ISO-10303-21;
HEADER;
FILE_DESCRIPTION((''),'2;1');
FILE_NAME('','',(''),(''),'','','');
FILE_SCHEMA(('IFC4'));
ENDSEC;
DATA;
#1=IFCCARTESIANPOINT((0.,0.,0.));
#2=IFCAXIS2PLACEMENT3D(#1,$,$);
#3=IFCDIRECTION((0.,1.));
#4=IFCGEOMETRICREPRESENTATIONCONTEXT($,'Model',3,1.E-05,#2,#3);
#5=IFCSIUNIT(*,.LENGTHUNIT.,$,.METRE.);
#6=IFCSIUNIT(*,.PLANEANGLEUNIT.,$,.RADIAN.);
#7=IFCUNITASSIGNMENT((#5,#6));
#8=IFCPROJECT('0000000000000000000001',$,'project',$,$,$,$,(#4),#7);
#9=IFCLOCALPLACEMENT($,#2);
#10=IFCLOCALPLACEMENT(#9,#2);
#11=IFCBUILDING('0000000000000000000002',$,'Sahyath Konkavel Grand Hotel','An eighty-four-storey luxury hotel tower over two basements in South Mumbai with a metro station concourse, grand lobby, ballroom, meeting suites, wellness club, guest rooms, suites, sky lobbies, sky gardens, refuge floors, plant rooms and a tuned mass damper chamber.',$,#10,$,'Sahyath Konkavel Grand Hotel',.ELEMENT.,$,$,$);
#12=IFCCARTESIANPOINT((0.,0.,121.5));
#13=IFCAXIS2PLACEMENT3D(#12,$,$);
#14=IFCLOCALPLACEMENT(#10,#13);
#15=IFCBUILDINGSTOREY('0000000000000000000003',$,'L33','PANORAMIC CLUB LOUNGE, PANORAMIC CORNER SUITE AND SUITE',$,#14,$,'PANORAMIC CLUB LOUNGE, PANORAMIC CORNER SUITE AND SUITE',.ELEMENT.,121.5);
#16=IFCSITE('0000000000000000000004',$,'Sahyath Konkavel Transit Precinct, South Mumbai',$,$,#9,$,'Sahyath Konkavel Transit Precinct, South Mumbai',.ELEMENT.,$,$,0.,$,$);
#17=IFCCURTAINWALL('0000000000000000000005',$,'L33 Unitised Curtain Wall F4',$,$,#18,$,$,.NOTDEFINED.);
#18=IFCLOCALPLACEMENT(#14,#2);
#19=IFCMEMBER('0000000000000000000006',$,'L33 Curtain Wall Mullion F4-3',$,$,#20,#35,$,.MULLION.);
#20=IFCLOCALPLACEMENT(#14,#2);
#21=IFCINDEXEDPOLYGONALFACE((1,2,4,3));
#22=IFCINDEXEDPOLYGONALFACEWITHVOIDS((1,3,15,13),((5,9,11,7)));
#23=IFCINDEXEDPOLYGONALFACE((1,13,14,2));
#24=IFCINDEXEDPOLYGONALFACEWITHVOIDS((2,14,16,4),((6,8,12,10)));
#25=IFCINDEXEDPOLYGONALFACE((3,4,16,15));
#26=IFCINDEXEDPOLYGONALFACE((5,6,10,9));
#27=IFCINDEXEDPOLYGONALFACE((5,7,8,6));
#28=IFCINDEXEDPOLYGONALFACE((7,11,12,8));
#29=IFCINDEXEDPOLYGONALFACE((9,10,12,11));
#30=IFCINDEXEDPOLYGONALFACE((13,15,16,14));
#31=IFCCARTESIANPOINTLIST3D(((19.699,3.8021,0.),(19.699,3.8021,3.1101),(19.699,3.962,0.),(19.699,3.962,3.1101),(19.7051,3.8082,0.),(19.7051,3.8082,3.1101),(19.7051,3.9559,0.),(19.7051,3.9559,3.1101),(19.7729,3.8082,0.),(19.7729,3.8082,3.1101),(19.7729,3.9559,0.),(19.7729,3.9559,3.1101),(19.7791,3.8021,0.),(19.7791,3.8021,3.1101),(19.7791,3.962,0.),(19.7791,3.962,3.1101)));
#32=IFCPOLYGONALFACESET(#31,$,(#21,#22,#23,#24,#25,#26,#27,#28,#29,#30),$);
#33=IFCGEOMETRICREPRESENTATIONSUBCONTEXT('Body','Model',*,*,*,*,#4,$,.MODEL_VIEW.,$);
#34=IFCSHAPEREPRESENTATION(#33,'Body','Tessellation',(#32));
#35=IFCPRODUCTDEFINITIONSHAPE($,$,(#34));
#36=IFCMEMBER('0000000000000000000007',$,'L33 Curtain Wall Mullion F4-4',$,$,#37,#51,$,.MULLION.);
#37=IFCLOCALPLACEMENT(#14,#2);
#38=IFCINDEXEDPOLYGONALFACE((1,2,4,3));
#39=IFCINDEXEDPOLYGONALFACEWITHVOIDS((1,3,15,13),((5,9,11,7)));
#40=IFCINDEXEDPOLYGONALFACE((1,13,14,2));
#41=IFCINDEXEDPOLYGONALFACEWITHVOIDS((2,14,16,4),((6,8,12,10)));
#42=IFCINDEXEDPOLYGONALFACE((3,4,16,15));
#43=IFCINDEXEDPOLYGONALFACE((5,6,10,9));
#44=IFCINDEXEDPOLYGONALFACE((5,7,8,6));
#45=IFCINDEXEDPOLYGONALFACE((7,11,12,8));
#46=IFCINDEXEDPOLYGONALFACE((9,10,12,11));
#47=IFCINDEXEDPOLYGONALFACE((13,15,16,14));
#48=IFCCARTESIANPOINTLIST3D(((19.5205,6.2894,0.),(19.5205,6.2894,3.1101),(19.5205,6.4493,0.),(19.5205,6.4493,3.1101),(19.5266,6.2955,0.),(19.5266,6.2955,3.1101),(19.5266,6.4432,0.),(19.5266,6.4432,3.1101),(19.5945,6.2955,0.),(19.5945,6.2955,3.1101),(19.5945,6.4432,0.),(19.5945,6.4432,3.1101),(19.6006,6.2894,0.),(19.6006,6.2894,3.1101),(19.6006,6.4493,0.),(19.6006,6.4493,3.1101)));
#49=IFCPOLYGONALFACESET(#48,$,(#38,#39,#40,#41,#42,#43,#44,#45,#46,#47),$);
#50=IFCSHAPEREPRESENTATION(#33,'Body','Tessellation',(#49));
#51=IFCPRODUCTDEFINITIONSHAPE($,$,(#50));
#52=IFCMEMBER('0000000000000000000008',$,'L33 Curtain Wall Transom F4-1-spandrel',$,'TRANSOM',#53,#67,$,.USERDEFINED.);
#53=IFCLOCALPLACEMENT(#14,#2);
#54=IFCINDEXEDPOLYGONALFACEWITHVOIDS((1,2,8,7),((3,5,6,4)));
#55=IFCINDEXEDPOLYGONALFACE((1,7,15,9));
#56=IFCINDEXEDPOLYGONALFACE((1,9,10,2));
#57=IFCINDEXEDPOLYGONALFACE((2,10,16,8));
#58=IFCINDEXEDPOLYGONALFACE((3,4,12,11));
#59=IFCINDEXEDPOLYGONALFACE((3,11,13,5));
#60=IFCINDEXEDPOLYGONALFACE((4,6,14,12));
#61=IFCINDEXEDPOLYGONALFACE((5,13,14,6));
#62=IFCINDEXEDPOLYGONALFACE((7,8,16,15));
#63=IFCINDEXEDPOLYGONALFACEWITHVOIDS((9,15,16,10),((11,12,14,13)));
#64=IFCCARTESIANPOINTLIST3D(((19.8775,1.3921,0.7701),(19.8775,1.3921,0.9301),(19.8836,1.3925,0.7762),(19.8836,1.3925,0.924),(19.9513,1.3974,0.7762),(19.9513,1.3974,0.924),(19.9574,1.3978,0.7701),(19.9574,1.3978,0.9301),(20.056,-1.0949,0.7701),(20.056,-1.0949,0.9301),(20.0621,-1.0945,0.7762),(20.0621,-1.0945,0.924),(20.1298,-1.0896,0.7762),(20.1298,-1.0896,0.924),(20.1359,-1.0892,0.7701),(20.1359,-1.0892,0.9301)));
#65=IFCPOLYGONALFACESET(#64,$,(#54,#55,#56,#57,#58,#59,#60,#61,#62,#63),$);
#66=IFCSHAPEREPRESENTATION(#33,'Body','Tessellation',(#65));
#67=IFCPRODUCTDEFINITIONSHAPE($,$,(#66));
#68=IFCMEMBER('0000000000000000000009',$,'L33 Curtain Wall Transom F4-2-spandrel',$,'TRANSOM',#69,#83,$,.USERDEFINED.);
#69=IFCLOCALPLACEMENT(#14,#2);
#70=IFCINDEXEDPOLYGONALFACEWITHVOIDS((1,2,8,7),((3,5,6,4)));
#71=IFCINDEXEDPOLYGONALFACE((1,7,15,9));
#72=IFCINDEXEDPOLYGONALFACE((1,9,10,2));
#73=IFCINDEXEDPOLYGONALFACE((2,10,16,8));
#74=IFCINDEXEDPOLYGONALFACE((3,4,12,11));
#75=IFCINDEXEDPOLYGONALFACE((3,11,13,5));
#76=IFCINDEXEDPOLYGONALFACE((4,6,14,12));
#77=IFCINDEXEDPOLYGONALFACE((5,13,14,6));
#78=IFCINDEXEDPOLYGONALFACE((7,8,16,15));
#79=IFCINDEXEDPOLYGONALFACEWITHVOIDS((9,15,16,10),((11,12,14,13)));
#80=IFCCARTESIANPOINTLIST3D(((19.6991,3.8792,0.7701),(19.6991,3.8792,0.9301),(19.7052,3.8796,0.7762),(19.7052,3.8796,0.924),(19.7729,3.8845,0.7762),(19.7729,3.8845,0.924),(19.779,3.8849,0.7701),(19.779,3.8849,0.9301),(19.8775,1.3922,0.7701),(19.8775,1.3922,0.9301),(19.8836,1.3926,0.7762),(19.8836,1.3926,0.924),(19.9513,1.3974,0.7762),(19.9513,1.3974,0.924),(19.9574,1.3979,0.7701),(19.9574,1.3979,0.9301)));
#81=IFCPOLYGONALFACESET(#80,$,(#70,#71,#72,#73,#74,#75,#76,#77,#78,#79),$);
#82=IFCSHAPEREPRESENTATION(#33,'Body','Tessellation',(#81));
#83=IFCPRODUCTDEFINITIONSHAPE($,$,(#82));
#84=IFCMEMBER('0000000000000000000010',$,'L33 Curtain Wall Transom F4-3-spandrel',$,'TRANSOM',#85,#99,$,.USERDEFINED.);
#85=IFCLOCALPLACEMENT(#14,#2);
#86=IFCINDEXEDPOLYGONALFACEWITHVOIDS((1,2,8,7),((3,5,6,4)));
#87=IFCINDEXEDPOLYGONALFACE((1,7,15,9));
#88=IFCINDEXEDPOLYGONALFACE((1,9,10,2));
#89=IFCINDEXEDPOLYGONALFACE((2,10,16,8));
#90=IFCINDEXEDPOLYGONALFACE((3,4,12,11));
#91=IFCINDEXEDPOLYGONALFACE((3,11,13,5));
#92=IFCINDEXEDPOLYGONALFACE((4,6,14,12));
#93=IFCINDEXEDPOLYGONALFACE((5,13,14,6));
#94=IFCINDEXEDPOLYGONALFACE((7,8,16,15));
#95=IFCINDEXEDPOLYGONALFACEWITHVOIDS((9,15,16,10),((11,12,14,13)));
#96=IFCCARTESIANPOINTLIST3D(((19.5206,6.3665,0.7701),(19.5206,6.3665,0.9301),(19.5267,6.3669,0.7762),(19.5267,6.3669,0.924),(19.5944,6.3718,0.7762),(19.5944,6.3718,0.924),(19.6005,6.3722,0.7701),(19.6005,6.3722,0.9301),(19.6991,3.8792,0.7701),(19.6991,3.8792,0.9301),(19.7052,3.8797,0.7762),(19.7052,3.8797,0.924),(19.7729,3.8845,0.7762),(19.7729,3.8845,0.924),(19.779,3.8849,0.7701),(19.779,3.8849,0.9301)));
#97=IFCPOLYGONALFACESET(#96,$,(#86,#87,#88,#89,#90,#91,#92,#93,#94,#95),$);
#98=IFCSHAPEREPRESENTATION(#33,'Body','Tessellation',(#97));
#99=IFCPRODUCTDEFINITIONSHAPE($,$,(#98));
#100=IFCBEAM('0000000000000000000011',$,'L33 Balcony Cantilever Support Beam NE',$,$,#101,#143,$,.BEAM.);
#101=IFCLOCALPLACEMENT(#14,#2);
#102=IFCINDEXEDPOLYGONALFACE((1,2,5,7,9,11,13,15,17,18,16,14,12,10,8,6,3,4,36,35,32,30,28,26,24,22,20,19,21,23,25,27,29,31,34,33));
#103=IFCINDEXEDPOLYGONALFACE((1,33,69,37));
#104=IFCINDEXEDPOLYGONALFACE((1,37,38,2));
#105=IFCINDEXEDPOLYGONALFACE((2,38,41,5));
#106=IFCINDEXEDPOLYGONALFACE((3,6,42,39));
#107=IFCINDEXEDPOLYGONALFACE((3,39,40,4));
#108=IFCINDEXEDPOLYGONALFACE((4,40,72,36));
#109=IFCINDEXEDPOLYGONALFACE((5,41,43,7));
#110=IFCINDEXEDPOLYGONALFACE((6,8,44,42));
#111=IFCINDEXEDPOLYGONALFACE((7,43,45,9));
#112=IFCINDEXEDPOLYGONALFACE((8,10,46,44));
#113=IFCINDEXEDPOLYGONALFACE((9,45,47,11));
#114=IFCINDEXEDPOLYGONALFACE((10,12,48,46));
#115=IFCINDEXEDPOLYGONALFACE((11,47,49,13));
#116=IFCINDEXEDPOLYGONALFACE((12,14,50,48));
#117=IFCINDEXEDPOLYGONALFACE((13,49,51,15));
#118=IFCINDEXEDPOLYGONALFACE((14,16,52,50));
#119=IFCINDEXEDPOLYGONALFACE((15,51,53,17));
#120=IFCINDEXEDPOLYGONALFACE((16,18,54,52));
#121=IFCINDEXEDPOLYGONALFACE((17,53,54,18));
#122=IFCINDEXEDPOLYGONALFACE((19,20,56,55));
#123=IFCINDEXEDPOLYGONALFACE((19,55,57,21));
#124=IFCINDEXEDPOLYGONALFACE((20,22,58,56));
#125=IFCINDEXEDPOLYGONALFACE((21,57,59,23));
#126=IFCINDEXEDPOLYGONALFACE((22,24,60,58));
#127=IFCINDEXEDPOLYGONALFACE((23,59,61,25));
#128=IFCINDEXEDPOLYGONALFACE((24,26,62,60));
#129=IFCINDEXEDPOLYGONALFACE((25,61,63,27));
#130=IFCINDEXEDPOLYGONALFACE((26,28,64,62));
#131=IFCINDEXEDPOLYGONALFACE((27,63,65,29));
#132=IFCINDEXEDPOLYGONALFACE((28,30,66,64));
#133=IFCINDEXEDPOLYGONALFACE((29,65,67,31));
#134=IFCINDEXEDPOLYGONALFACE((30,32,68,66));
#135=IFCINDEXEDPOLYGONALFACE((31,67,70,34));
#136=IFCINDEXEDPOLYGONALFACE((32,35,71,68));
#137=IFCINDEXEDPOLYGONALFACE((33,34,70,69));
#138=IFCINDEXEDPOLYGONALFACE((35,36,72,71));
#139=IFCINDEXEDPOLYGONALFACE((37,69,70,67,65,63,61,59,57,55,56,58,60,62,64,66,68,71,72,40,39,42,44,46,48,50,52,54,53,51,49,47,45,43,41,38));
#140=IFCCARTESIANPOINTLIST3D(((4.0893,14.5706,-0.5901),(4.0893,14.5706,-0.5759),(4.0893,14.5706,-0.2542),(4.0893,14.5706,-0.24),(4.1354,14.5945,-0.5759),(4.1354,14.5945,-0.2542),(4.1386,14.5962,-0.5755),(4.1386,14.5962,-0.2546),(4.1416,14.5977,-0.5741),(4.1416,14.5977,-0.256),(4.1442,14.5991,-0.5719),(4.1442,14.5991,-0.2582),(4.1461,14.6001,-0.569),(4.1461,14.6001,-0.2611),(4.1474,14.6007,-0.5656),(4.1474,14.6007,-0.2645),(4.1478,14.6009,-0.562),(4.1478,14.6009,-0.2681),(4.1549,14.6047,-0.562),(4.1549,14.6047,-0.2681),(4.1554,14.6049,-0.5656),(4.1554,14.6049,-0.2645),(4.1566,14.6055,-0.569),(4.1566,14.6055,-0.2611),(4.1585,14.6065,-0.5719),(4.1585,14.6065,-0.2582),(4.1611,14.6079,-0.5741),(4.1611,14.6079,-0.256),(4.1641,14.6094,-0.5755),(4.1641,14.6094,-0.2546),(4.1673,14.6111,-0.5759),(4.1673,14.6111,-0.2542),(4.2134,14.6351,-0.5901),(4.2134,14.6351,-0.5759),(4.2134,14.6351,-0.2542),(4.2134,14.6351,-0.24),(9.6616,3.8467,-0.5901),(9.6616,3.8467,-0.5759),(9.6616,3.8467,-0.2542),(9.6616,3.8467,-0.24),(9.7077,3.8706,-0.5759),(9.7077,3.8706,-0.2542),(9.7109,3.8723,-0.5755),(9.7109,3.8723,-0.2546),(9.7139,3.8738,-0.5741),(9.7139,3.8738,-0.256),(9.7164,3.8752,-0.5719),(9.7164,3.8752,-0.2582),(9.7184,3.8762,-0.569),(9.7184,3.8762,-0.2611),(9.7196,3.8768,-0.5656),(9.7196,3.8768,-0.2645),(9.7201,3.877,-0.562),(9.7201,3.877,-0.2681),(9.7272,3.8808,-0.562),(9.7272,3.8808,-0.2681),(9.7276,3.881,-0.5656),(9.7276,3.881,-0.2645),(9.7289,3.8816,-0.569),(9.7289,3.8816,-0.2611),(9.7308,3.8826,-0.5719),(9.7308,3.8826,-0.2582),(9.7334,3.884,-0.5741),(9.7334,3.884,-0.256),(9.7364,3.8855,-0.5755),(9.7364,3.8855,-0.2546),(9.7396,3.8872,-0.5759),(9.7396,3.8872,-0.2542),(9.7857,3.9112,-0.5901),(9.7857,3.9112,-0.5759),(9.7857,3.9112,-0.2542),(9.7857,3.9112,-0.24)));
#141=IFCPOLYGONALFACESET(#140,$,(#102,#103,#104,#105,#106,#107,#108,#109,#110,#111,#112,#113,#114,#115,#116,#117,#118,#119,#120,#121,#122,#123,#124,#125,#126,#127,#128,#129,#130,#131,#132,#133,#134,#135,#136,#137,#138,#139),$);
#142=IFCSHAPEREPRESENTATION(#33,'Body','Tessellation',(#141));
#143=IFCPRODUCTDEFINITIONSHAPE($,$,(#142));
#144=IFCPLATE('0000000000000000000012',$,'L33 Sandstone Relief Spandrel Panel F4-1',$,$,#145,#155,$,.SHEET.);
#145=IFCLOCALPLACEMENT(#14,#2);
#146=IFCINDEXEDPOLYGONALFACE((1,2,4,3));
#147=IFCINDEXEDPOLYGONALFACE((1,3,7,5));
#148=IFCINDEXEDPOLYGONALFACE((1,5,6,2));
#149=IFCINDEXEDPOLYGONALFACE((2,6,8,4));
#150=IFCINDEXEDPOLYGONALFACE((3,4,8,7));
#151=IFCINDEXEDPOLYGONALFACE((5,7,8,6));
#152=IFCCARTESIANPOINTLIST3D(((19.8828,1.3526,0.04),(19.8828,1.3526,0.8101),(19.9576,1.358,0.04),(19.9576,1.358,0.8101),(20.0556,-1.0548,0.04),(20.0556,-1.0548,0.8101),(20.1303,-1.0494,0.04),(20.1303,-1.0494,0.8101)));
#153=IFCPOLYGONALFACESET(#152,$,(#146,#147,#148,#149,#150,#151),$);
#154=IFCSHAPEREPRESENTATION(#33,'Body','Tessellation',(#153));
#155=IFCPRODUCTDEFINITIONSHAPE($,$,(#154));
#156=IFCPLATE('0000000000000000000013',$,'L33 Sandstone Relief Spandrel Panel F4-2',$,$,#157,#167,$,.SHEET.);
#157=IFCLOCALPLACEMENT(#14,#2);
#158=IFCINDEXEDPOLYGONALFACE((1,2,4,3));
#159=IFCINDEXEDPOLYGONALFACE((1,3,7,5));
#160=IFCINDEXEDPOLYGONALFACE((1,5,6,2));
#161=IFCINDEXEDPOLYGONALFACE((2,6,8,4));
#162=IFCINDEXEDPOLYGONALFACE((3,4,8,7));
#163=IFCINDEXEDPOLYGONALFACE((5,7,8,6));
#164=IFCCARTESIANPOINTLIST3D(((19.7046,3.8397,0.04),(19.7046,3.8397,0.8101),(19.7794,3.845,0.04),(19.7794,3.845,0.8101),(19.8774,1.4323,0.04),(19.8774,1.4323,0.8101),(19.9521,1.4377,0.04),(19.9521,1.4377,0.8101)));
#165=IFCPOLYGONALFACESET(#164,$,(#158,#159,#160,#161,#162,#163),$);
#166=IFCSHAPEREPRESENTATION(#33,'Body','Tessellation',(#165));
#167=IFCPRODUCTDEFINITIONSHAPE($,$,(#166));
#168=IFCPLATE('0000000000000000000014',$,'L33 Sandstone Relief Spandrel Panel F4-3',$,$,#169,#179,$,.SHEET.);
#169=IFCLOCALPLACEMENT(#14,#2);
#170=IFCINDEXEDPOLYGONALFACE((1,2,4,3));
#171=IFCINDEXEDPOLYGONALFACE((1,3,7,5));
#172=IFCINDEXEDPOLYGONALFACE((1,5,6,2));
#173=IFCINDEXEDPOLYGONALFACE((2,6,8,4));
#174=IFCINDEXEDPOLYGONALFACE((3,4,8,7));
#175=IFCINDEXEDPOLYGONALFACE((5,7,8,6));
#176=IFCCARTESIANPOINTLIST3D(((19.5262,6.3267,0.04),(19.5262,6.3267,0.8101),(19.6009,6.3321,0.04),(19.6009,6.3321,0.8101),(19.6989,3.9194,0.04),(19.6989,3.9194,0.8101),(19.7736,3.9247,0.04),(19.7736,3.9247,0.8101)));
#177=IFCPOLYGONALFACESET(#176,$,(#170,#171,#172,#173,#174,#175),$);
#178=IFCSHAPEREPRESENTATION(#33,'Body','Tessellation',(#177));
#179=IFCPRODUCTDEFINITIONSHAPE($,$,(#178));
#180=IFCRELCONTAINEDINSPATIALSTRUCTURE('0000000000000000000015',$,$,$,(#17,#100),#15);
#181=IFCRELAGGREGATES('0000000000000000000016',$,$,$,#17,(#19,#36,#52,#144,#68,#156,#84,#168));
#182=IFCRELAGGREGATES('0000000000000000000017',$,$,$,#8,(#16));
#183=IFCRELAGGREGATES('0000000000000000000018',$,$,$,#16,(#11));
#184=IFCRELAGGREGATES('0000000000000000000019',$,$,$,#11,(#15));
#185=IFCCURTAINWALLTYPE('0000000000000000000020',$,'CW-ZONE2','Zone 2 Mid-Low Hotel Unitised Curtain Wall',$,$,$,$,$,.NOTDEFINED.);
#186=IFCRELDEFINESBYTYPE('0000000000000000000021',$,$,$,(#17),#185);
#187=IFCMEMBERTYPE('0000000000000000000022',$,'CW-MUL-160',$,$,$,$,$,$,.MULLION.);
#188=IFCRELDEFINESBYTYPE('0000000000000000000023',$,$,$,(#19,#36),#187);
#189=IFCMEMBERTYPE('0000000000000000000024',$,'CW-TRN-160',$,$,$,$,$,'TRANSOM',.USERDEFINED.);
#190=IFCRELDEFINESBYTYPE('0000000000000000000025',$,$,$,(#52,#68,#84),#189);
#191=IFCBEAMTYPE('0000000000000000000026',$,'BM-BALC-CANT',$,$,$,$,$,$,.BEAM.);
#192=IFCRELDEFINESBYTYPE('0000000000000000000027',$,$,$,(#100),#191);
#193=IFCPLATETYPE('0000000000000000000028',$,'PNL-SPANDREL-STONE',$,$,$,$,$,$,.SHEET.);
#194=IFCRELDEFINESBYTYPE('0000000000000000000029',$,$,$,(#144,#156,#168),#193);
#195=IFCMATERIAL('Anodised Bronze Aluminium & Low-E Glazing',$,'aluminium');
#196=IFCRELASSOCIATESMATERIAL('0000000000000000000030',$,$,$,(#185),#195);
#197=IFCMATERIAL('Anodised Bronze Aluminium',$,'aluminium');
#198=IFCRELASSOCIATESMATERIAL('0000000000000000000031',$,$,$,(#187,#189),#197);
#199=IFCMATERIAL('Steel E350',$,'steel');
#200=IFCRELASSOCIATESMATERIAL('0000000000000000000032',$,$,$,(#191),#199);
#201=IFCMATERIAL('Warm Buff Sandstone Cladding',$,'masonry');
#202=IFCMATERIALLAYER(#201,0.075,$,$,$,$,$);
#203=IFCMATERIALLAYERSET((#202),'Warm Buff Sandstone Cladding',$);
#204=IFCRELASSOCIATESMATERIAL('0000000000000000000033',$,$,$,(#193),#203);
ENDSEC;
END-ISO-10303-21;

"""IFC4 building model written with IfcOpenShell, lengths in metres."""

from ifc_helpers import new_model, si_unit, direction, frame, origin, origin_2d, place, context, subcontext, project, spatial, rectangle, hollow_rectangle, i_section, extrude, source, transform, mapped, material, layer, layer_set, material_profile, profile_set, type_object, element, aggregate, save


model = new_model("IFC4")

# Units and contexts
model_context = context("Model", 3, precision=1e-05, world=origin(), true_north=direction((0.0, 1.0)))
body_context = subcontext(model_context, "Body", "Model", "MODEL_VIEW")
ifc_project = project(units=[si_unit("LENGTHUNIT", "METRE"), si_unit("PLANEANGLEUNIT", "RADIAN")], contexts=[model_context])

# Site, building, storey
site_placement = place(None, origin())
site = spatial("IfcSite", under=ifc_project, at=site_placement, Name="Sahyath Konkavel Transit Precinct, South Mumbai", LongName="Sahyath Konkavel Transit Precinct, South Mumbai", CompositionType="ELEMENT", RefElevation=0.0)
building_placement = place(site_placement, origin())
building = spatial("IfcBuilding", under=site, at=building_placement, Name="Sahyath Konkavel Grand Hotel", Description="An eighty-four-storey luxury hotel tower over two basements in South Mumbai with a metro station concourse, grand lobby, ballroom, meeting suites, wellness club, guest rooms, suites, sky lobbies, sky gardens, refuge floors, plant rooms and a tuned mass damper chamber.", LongName="Sahyath Konkavel Grand Hotel", CompositionType="ELEMENT")
storey_placement = place(building_placement, frame((0.0, 0.0, 121.5)))
storey = spatial("IfcBuildingStorey", under=building, at=storey_placement, Name="L33", Description="PANORAMIC CLUB LOUNGE, PANORAMIC CORNER SUITE AND SUITE", LongName="PANORAMIC CLUB LOUNGE, PANORAMIC CORNER SUITE AND SUITE", CompositionType="ELEMENT", Elevation=121.5)

# Shared definitions
ifc_material_1 = material(Name="Steel E350", Category="steel")

# Curtain wall, members
ifc_material_2 = material(Name="Anodised Bronze Aluminium & Low-E Glazing", Category="aluminium")
curtain_wall_type = type_object("IfcCurtainWallType", Name="CW-ZONE2", Description="Zone 2 Mid-Low Hotel Unitised Curtain Wall", PredefinedType="NOTDEFINED", material=ifc_material_2)
curtain_wall_placement = place(storey_placement, origin())
curtain_wall = element("IfcCurtainWall", 1, at=curtain_wall_placement, inside=storey, type_object=curtain_wall_type, Name="L33 Unitised Curtain Wall F4", PredefinedType="NOTDEFINED")
ifc_material_3 = material(Name="Anodised Bronze Aluminium", Category="aluminium")
ifc_material_profile_1 = material_profile(ifc_material_3, hollow_rectangle(XDim=0.0801, YDim=0.1599, WallThickness=0.0061, at=origin_2d()), Name="RHS 160x80x6")
ifc_profile_set_1 = profile_set([ifc_material_profile_1], Name="Anodised Bronze Aluminium")
member_type_1 = type_object("IfcMemberType", Name="CW-MUL-160", PredefinedType="MULLION", material=ifc_profile_set_1)
shared_shape_1 = source(origin(), body_context, "Body", "SweptSolid", [
    extrude(hollow_rectangle(XDim=0.0801, YDim=0.1599, WallThickness=0.0061, at=origin_2d()), origin(), (0.0, 0.0, 1.0), 3.1101),
])
member_1_placement = place(storey_placement, frame((19.739, 3.8821, 0.0), z_axis=(0.0, 0.0, 1.0), x_axis=(1.0, 0.0, 0.0)))
member_1 = element("IfcMember", 2, at=member_1_placement, type_object=member_type_1, Name="L33 Curtain Wall Mullion F4-3", PredefinedType="MULLION", context=body_context, shape_type="MappedRepresentation", body=[
    mapped(shared_shape_1, transform((0.0, 0.0, 0.0), scale=1.0)),
])
member_2_placement = place(storey_placement, frame((19.5605, 6.3694, 0.0), z_axis=(0.0, 0.0, 1.0), x_axis=(1.0, 0.0, 0.0)))
member_2 = element("IfcMember", 3, at=member_2_placement, type_object=member_type_1, Name="L33 Curtain Wall Mullion F4-4", PredefinedType="MULLION", context=body_context, shape_type="MappedRepresentation", body=[
    mapped(shared_shape_1, transform((0.0, 0.0, 0.0), scale=1.0)),
])
ifc_material_profile_2 = material_profile(ifc_material_3, hollow_rectangle(XDim=0.0801, YDim=0.1599, WallThickness=0.0061, at=origin_2d()), Name="RHS 160x80x6")
ifc_profile_set_2 = profile_set([ifc_material_profile_2], Name="Anodised Bronze Aluminium")
member_type_2 = type_object("IfcMemberType", Name="CW-TRN-160", ElementType="TRANSOM", PredefinedType="USERDEFINED", material=ifc_profile_set_2)
shared_shape_2 = source(origin(), body_context, "Body", "SweptSolid", [
    extrude(hollow_rectangle(XDim=0.0801, YDim=0.1599, WallThickness=0.0061, at=origin_2d()), origin(), (0.0, 0.0, 1.0), 2.4934),
])
member_3_placement = place(storey_placement, frame((20.0959, -1.092, 0.8501), z_axis=(-0.071574, 0.997435, 0.0), x_axis=(-0.997435, -0.071574, 0.0)))
member_3 = element("IfcMember", 4, at=member_3_placement, type_object=member_type_2, Name="L33 Curtain Wall Transom F4-1-spandrel", ObjectType="TRANSOM", PredefinedType="USERDEFINED", context=body_context, shape_type="MappedRepresentation", body=[
    mapped(shared_shape_2, transform((0.0, 0.0, 0.0), scale=1.0)),
])
member_4_placement = place(storey_placement, frame((19.9175, 1.395, 0.8501), z_axis=(-0.071574, 0.997435, 0.0), x_axis=(-0.997435, -0.071574, 0.0)))
member_4 = element("IfcMember", 5, at=member_4_placement, type_object=member_type_2, Name="L33 Curtain Wall Transom F4-2-spandrel", ObjectType="TRANSOM", PredefinedType="USERDEFINED", context=body_context, shape_type="MappedRepresentation", body=[
    mapped(shared_shape_2, transform((0.0, 0.0, 0.0), scale=1.0)),
])
shared_shape_3 = source(origin(), body_context, "Body", "SweptSolid", [
    extrude(hollow_rectangle(XDim=0.0801, YDim=0.1599, WallThickness=0.0061, at=origin_2d()), origin(), (0.0, 0.0, 1.0), 2.4937),
])
member_5_placement = place(storey_placement, frame((19.739, 3.8821, 0.8501), z_axis=(-0.071567, 0.997436, 0.0), x_axis=(-0.997436, -0.071567, 0.0)))
member_5 = element("IfcMember", 6, at=member_5_placement, type_object=member_type_2, Name="L33 Curtain Wall Transom F4-3-spandrel", ObjectType="TRANSOM", PredefinedType="USERDEFINED", context=body_context, shape_type="MappedRepresentation", body=[
    mapped(shared_shape_3, transform((0.0, 0.0, 0.0), scale=1.0)),
])

# Beam
ifc_material_profile_3 = material_profile(ifc_material_1, i_section(OverallWidth=0.1399, OverallDepth=0.3501, WebThickness=0.0081, FlangeThickness=0.0142, FilletRadius=0.0139, at=origin_2d()), Name="ISMB 350")
ifc_profile_set_3 = profile_set([ifc_material_profile_3], Name="Steel E350")
beam_type_1 = type_object("IfcBeamType", Name="BM-BALC-CANT", PredefinedType="BEAM", material=ifc_profile_set_3)
shared_shape_4 = source(origin(), body_context, "Body", "SweptSolid", [
    extrude(i_section(OverallWidth=0.1399, OverallDepth=0.3501, WebThickness=0.0081, FlangeThickness=0.0142, FilletRadius=0.0139, at=origin_2d()), origin(), (0.0, 0.0, 1.0), 12.0852),
])
beam_1_placement = place(storey_placement, frame((9.7236, 3.8789, -0.415), z_axis=(-0.461082, 0.887357, 0.0), x_axis=(-0.887357, -0.461082, 0.0)))
element("IfcBeam", 7, at=beam_1_placement, inside=storey, type_object=beam_type_1, Name="L33 Balcony Cantilever Support Beam NE", PredefinedType="BEAM", context=body_context, shape_type="MappedRepresentation", body=[
    mapped(shared_shape_4, transform((0.0, 0.0, 0.0), scale=1.0)),
])

# Plates
ifc_material_4 = material(Name="Warm Buff Sandstone Cladding", Category="masonry")
ifc_layer_1 = layer(ifc_material_4, 0.075)
ifc_layer_set_1 = layer_set([ifc_layer_1], Name="Warm Buff Sandstone Cladding")
plate_type_1 = type_object("IfcPlateType", Name="PNL-SPANDREL-STONE", PredefinedType="SHEET", material=ifc_layer_set_1)
shared_shape_5 = source(origin(), body_context, "Body", "SweptSolid", [
    extrude(rectangle(XDim=2.4136, YDim=0.075, at=origin_2d()), origin(), (0.0, 0.0, 1.0), 0.77),
])
plate_1_placement = place(storey_placement, frame((20.0066, 0.1516, 0.04), z_axis=(0.0, 0.0, 1.0), x_axis=(-0.071567, 0.997436, 0.0)))
plate_1 = element("IfcPlate", 8, at=plate_1_placement, type_object=plate_type_1, Name="L33 Sandstone Relief Spandrel Panel F4-1", PredefinedType="SHEET", context=body_context, shape_type="MappedRepresentation", body=[
    mapped(shared_shape_5, transform((0.0, 0.0, 0.0), scale=1.0)),
])
plate_2_placement = place(storey_placement, frame((19.8284, 2.6387, 0.04), z_axis=(0.0, 0.0, 1.0), x_axis=(-0.071567, 0.997436, 0.0)))
plate_2 = element("IfcPlate", 9, at=plate_2_placement, type_object=plate_type_1, Name="L33 Sandstone Relief Spandrel Panel F4-2", PredefinedType="SHEET", context=body_context, shape_type="MappedRepresentation", body=[
    mapped(shared_shape_5, transform((0.0, 0.0, 0.0), scale=1.0)),
])
plate_3_placement = place(storey_placement, frame((19.6499, 5.1257, 0.04), z_axis=(0.0, 0.0, 1.0), x_axis=(-0.071567, 0.997436, 0.0)))
plate_3 = element("IfcPlate", 10, at=plate_3_placement, type_object=plate_type_1, Name="L33 Sandstone Relief Spandrel Panel F4-3", PredefinedType="SHEET", context=body_context, shape_type="MappedRepresentation", body=[
    mapped(shared_shape_5, transform((0.0, 0.0, 0.0), scale=1.0)),
])
aggregate(curtain_wall, [member_1, member_2, member_3, plate_1, member_4, plate_2, member_5, plate_3])

save(model, "model.ifc")
